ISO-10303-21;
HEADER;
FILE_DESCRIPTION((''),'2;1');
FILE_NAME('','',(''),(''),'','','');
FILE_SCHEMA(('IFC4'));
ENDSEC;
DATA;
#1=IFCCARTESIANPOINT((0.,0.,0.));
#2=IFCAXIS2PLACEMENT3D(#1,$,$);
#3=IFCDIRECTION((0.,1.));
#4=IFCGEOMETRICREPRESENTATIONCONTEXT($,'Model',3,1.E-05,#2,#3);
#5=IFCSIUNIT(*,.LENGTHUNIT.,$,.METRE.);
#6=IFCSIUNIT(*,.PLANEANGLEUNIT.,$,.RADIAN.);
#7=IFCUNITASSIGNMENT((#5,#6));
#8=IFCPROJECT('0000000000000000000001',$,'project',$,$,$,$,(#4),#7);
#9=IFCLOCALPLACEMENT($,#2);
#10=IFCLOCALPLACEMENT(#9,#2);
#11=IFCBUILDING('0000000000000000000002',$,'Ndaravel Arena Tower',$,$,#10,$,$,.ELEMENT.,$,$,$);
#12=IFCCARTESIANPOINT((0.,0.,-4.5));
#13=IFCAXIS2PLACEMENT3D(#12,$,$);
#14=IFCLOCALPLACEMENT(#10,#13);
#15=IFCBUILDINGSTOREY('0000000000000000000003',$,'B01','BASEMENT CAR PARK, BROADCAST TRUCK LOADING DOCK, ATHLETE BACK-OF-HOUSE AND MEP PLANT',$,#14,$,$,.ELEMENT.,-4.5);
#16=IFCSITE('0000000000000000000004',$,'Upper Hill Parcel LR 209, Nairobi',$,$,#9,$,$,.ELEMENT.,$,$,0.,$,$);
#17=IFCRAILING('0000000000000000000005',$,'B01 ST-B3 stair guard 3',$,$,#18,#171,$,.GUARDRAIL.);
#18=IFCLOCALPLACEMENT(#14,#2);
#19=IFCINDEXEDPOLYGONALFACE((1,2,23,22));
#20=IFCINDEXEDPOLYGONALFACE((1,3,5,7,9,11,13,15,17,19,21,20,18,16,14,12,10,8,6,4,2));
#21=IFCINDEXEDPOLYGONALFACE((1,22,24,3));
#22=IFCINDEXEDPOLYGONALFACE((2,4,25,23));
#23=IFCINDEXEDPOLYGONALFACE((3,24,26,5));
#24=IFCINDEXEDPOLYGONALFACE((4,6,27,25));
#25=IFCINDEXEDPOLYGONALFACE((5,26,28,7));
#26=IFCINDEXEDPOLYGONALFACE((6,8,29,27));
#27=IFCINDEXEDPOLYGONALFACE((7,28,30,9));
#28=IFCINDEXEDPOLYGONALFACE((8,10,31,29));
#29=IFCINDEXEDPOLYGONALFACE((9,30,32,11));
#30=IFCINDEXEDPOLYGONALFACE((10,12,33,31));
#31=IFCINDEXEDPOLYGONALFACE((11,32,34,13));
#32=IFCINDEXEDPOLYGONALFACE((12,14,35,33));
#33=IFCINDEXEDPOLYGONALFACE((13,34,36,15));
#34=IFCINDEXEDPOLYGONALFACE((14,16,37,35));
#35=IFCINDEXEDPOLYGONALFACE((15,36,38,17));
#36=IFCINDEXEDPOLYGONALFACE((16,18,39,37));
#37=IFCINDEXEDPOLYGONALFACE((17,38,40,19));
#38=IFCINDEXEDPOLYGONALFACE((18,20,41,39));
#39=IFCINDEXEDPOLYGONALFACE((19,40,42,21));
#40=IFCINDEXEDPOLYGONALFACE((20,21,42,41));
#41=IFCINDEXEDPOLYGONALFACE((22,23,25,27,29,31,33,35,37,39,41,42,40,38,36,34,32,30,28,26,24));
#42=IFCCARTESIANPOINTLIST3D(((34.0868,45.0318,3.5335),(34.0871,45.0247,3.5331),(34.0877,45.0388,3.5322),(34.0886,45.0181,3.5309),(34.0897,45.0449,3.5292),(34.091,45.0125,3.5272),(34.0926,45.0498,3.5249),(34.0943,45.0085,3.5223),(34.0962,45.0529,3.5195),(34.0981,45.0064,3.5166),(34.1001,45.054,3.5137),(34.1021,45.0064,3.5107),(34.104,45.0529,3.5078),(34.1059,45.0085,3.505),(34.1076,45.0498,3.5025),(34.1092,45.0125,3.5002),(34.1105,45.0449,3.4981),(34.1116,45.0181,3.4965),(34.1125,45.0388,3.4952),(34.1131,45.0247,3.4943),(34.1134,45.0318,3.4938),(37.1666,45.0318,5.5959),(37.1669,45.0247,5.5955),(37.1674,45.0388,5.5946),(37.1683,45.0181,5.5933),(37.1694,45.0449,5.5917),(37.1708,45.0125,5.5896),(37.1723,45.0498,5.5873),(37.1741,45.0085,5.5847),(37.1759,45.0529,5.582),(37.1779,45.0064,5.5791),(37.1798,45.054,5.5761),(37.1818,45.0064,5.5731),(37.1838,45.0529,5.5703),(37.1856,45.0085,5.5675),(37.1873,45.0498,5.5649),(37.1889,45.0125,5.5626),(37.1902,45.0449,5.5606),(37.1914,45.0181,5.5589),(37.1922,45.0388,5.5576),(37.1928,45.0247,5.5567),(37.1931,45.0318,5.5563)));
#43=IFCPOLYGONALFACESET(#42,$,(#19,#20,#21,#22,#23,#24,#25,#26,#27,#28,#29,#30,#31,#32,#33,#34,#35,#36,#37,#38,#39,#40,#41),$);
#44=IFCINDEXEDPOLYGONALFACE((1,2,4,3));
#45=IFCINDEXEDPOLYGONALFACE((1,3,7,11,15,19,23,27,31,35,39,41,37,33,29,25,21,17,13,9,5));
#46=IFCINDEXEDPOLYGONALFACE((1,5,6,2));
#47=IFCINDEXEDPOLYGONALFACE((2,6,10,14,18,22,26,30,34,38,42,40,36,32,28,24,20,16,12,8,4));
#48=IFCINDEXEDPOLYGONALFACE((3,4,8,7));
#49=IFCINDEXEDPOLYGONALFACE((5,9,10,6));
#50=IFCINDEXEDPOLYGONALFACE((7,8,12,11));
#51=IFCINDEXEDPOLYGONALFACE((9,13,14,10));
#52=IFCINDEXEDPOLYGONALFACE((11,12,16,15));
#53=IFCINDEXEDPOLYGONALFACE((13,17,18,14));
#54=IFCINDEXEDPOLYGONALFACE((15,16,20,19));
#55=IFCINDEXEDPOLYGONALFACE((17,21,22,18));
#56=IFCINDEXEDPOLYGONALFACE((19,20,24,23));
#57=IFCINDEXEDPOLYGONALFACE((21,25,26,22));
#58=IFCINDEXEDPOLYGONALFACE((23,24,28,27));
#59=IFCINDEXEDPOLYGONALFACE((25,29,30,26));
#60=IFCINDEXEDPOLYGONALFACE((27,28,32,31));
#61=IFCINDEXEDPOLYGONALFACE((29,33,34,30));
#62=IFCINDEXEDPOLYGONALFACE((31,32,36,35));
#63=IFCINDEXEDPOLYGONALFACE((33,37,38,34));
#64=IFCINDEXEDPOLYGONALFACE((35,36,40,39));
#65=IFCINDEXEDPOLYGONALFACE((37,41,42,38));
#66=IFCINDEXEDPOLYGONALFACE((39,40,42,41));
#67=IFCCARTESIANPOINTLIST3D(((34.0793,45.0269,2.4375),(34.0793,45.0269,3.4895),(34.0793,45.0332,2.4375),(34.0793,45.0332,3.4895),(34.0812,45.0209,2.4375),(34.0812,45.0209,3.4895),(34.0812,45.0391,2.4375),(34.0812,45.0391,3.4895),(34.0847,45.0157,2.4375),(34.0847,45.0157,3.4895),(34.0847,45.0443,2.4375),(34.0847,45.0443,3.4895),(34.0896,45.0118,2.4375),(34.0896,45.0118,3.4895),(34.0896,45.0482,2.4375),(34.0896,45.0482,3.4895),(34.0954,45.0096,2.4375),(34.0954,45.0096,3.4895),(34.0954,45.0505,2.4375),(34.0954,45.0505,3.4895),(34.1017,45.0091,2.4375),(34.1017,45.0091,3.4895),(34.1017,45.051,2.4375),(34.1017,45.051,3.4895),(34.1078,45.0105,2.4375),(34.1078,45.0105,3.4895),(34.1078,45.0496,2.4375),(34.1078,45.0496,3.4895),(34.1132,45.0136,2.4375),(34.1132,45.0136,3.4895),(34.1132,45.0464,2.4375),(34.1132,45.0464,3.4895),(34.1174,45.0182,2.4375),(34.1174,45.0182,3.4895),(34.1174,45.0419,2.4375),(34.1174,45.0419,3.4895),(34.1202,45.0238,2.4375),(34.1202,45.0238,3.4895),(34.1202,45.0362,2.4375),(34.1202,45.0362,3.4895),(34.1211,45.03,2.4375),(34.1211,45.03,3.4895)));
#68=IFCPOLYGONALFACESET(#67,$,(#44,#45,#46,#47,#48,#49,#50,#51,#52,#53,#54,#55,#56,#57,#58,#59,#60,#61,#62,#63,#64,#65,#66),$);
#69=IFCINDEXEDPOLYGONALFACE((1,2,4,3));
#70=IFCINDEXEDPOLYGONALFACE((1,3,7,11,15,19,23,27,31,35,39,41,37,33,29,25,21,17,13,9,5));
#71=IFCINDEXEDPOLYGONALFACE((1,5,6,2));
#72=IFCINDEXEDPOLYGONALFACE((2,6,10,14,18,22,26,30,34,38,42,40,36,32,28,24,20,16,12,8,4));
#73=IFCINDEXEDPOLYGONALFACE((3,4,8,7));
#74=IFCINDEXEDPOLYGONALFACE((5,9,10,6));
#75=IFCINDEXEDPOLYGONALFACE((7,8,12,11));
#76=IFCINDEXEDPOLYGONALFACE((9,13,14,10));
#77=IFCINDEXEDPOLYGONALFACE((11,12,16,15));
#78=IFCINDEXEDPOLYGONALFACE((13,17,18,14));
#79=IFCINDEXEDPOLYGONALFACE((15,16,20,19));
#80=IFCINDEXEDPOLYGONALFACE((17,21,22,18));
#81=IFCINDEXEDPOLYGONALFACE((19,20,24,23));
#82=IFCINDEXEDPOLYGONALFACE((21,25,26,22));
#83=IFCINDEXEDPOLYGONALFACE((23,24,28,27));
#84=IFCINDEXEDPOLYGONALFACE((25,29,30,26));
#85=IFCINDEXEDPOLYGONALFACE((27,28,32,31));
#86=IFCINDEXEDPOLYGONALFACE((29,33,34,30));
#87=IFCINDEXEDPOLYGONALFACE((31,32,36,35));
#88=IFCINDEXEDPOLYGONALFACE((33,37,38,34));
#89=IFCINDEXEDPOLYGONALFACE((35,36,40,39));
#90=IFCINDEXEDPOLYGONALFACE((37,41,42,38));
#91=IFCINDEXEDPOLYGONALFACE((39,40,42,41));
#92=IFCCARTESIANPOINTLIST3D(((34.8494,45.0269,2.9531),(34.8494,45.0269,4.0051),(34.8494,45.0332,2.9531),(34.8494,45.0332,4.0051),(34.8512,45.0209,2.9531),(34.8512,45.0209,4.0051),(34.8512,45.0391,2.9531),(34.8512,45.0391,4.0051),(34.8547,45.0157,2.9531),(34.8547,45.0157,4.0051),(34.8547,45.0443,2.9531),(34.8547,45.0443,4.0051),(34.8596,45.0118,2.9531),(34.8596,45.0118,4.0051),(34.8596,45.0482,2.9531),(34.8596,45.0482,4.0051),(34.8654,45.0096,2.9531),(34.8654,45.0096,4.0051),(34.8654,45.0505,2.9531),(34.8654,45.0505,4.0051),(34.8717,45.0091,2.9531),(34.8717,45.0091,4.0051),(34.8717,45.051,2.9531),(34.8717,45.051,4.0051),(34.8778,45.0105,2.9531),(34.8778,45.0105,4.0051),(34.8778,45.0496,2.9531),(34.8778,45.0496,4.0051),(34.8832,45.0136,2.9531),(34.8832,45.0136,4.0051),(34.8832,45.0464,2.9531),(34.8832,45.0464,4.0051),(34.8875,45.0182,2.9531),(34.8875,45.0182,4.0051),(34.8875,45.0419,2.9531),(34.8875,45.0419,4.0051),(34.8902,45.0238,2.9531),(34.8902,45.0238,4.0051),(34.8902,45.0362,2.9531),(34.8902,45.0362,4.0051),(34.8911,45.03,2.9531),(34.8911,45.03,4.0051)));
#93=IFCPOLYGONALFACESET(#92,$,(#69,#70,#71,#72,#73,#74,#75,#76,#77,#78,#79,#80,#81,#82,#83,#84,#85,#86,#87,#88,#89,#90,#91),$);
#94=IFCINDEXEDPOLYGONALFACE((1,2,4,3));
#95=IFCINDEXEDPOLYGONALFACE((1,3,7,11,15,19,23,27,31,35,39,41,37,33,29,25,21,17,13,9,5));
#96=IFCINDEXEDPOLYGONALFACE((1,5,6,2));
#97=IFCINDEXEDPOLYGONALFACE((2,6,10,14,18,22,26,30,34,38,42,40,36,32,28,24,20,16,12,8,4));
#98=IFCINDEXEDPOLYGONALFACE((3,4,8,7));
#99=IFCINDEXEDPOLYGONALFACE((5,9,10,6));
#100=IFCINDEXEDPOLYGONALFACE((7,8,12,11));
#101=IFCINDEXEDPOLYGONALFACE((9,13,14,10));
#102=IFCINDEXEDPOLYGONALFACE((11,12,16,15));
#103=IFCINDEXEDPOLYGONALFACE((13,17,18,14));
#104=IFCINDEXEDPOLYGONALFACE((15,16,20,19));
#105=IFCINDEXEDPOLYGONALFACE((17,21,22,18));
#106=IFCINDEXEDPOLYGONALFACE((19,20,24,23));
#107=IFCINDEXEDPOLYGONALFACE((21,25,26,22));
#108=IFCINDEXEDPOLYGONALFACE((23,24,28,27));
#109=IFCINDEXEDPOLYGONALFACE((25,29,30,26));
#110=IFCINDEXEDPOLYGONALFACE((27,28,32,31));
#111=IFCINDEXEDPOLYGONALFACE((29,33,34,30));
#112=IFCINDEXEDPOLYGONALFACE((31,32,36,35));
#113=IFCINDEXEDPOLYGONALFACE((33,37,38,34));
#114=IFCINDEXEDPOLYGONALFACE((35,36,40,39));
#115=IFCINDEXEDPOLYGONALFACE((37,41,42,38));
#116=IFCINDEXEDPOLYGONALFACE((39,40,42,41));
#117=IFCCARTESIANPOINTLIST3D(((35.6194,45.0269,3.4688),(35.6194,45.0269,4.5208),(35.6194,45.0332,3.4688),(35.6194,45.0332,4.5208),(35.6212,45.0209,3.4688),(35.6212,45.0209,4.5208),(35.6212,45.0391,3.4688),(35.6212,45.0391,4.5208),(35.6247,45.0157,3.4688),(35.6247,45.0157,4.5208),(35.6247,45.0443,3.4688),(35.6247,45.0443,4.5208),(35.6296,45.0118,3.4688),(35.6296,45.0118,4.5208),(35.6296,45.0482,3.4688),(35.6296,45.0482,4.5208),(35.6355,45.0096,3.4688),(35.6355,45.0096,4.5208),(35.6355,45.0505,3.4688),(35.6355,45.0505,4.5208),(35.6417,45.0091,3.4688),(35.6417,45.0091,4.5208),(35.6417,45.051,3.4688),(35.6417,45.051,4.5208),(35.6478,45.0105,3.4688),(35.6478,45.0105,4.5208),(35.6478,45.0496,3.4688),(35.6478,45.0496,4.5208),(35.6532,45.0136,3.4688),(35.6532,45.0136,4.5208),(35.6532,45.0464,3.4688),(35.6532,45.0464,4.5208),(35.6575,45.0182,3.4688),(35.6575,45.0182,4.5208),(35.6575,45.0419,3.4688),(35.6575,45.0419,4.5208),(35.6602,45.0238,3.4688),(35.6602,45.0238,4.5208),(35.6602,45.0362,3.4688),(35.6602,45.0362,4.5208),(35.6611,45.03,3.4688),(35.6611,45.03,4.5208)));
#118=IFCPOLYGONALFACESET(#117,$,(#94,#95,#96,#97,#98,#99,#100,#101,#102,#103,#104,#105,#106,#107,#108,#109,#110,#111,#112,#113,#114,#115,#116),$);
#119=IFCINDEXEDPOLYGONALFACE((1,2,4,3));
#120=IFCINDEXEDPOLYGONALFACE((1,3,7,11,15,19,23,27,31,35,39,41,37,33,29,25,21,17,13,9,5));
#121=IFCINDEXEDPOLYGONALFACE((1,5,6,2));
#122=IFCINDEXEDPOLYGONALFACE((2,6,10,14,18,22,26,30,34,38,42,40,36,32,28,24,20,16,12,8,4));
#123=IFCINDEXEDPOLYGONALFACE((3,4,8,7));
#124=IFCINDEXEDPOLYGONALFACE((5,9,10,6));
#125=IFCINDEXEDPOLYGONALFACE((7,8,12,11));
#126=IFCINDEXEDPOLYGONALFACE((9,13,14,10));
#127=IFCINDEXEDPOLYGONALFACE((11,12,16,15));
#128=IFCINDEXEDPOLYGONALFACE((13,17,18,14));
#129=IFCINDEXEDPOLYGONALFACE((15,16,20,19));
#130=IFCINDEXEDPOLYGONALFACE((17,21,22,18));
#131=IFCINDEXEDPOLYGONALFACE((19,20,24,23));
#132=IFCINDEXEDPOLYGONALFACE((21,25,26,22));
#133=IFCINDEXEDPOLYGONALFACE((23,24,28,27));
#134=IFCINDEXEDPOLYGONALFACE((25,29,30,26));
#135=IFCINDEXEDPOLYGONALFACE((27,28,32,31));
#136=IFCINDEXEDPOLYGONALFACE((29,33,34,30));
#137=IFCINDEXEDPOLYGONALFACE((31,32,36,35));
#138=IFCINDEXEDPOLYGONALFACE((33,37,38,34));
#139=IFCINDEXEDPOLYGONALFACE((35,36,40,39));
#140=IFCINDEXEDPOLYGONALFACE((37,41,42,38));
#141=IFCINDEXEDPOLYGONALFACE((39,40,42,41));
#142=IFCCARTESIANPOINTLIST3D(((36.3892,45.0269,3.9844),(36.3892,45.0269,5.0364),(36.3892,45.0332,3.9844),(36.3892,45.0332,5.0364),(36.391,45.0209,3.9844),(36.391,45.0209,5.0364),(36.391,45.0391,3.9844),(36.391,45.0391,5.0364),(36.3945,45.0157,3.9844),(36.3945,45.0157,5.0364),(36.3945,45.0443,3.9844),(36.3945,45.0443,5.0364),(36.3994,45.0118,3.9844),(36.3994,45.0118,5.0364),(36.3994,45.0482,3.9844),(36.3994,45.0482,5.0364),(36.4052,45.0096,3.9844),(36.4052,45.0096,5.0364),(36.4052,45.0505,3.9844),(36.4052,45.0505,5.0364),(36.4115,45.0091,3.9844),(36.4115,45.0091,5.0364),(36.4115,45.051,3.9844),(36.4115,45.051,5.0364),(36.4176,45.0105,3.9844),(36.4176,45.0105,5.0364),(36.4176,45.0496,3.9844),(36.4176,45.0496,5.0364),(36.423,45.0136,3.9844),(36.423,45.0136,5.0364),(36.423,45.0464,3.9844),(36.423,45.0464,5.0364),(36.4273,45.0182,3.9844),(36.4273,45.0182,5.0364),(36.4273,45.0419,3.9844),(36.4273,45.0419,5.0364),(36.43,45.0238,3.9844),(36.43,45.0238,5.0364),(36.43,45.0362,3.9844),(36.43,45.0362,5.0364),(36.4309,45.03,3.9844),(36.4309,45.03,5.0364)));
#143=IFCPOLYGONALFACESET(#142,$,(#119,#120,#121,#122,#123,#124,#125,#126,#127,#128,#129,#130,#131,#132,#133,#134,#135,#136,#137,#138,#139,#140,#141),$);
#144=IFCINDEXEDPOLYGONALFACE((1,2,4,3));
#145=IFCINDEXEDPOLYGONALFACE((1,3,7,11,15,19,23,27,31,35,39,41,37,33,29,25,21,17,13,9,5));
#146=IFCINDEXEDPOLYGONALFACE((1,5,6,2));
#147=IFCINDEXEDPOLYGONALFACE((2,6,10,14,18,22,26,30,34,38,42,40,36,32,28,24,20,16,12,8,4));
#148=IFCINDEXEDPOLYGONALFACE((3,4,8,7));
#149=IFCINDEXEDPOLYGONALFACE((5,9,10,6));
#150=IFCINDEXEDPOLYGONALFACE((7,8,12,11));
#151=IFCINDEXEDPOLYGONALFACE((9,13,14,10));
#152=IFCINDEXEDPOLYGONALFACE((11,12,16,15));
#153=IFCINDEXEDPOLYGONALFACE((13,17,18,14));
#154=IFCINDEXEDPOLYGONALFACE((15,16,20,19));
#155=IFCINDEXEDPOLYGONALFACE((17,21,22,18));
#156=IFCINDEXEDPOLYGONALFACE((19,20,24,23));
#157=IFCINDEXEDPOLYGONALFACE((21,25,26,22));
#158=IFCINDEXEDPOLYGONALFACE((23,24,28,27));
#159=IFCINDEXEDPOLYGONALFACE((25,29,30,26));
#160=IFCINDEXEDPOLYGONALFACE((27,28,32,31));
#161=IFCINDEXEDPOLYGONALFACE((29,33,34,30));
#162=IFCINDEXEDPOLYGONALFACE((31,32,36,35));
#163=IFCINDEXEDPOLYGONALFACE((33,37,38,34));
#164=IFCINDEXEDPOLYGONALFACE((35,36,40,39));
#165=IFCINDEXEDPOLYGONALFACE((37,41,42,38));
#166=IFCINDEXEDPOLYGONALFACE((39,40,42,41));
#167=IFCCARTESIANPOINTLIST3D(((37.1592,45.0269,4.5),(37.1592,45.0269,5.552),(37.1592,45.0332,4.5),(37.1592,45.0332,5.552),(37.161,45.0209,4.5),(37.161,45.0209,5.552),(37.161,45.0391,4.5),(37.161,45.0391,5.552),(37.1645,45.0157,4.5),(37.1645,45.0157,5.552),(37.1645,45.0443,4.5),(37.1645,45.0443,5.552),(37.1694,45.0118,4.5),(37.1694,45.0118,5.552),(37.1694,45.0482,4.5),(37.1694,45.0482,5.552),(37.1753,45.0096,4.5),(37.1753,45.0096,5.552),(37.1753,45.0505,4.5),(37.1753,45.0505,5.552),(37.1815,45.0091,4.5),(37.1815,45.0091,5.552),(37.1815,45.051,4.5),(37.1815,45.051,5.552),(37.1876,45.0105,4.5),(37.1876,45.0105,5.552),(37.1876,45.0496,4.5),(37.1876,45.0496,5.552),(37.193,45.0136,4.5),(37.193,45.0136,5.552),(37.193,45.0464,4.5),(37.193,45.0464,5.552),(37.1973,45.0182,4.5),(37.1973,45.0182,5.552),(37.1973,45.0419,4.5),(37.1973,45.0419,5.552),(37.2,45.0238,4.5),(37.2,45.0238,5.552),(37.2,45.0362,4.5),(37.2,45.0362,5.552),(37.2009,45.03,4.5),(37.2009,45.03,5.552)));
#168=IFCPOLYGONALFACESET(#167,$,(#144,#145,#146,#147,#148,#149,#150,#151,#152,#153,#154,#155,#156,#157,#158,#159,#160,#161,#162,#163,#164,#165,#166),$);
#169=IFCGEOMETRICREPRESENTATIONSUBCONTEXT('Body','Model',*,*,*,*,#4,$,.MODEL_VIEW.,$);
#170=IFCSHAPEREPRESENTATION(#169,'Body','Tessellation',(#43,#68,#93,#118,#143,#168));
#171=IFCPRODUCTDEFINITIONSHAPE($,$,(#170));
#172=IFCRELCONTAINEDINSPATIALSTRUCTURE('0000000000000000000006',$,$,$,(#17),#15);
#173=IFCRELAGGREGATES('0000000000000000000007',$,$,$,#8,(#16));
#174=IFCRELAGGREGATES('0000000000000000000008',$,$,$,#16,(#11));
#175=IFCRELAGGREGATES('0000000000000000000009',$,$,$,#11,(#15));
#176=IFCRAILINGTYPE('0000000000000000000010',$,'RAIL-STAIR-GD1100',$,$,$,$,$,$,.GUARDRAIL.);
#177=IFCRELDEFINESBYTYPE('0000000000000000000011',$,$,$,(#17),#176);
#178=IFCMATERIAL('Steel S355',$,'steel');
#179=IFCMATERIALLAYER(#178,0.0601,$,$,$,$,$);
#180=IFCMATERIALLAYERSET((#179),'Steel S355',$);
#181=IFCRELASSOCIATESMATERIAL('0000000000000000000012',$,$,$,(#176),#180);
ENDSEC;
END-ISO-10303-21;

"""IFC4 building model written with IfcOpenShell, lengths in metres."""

from ifc_helpers import new_model, si_unit, direction, frame, origin, origin_2d, place, context, subcontext, project, spatial, circle, extrude, material, layer, layer_set, type_object, element, save


model = new_model("IFC4")

# Units and contexts
model_context = context("Model", 3, precision=1e-05, world=origin(), true_north=direction((0.0, 1.0)))
body_context = subcontext(model_context, "Body", "Model", "MODEL_VIEW")
ifc_project = project(units=[si_unit("LENGTHUNIT", "METRE"), si_unit("PLANEANGLEUNIT", "RADIAN")], contexts=[model_context])

# Site, building, storey
site_placement = place(None, origin())
site = spatial("IfcSite", under=ifc_project, at=site_placement, Name="Upper Hill Parcel LR 209, Nairobi", CompositionType="ELEMENT", RefElevation=0.0)
building_placement = place(site_placement, origin())
building = spatial("IfcBuilding", under=site, at=building_placement, Name="Ndaravel Arena Tower", CompositionType="ELEMENT")
storey_placement = place(building_placement, frame((0.0, 0.0, -4.5)))
storey = spatial("IfcBuildingStorey", under=building, at=storey_placement, Name="B01", Description="BASEMENT CAR PARK, BROADCAST TRUCK LOADING DOCK, ATHLETE BACK-OF-HOUSE AND MEP PLANT", CompositionType="ELEMENT", Elevation=-4.5)

# Railing
ifc_material_1 = material(Name="Steel S355", Category="steel")
ifc_layer_1 = layer(ifc_material_1, 0.0601)
ifc_layer_set_1 = layer_set([ifc_layer_1], Name="Steel S355")
railing_type_1 = type_object("IfcRailingType", Name="RAIL-STAIR-GD1100", PredefinedType="GUARDRAIL", material=ifc_layer_set_1)
railing_1_placement = place(storey_placement, frame((34.1001, 45.03, 2.4375)))
element("IfcRailing", 1, at=railing_1_placement, inside=storey, type_object=railing_type_1, Name="B01 ST-B3 stair guard 3", PredefinedType="GUARDRAIL", context=body_context, shape_type="SweptSolid", body=[
    extrude(circle(Radius=0.0239, at=origin_2d()), frame((0.0, 0.0, 1.0762), z_axis=(0.830893, 0.0, 0.556432), x_axis=(0.0, 1.0, 0.0)), (0.0, 0.0, 1.0), 3.7065),
    extrude(circle(Radius=0.021, at=origin_2d()), origin(), (0.0, 0.0, 1.0), 1.052),
    extrude(circle(Radius=0.021, at=origin_2d()), frame((0.77, 0.0, 0.5156)), (0.0, 0.0, 1.0), 1.052),
    extrude(circle(Radius=0.021, at=origin_2d()), frame((1.54, 0.0, 1.0312)), (0.0, 0.0, 1.0), 1.052),
    extrude(circle(Radius=0.021, at=origin_2d()), frame((2.3098, 0.0, 1.5469)), (0.0, 0.0, 1.0), 1.052),
    extrude(circle(Radius=0.021, at=origin_2d()), frame((3.0798, 0.0, 2.0625)), (0.0, 0.0, 1.0), 1.052),
])

save(model, "model.ifc")
